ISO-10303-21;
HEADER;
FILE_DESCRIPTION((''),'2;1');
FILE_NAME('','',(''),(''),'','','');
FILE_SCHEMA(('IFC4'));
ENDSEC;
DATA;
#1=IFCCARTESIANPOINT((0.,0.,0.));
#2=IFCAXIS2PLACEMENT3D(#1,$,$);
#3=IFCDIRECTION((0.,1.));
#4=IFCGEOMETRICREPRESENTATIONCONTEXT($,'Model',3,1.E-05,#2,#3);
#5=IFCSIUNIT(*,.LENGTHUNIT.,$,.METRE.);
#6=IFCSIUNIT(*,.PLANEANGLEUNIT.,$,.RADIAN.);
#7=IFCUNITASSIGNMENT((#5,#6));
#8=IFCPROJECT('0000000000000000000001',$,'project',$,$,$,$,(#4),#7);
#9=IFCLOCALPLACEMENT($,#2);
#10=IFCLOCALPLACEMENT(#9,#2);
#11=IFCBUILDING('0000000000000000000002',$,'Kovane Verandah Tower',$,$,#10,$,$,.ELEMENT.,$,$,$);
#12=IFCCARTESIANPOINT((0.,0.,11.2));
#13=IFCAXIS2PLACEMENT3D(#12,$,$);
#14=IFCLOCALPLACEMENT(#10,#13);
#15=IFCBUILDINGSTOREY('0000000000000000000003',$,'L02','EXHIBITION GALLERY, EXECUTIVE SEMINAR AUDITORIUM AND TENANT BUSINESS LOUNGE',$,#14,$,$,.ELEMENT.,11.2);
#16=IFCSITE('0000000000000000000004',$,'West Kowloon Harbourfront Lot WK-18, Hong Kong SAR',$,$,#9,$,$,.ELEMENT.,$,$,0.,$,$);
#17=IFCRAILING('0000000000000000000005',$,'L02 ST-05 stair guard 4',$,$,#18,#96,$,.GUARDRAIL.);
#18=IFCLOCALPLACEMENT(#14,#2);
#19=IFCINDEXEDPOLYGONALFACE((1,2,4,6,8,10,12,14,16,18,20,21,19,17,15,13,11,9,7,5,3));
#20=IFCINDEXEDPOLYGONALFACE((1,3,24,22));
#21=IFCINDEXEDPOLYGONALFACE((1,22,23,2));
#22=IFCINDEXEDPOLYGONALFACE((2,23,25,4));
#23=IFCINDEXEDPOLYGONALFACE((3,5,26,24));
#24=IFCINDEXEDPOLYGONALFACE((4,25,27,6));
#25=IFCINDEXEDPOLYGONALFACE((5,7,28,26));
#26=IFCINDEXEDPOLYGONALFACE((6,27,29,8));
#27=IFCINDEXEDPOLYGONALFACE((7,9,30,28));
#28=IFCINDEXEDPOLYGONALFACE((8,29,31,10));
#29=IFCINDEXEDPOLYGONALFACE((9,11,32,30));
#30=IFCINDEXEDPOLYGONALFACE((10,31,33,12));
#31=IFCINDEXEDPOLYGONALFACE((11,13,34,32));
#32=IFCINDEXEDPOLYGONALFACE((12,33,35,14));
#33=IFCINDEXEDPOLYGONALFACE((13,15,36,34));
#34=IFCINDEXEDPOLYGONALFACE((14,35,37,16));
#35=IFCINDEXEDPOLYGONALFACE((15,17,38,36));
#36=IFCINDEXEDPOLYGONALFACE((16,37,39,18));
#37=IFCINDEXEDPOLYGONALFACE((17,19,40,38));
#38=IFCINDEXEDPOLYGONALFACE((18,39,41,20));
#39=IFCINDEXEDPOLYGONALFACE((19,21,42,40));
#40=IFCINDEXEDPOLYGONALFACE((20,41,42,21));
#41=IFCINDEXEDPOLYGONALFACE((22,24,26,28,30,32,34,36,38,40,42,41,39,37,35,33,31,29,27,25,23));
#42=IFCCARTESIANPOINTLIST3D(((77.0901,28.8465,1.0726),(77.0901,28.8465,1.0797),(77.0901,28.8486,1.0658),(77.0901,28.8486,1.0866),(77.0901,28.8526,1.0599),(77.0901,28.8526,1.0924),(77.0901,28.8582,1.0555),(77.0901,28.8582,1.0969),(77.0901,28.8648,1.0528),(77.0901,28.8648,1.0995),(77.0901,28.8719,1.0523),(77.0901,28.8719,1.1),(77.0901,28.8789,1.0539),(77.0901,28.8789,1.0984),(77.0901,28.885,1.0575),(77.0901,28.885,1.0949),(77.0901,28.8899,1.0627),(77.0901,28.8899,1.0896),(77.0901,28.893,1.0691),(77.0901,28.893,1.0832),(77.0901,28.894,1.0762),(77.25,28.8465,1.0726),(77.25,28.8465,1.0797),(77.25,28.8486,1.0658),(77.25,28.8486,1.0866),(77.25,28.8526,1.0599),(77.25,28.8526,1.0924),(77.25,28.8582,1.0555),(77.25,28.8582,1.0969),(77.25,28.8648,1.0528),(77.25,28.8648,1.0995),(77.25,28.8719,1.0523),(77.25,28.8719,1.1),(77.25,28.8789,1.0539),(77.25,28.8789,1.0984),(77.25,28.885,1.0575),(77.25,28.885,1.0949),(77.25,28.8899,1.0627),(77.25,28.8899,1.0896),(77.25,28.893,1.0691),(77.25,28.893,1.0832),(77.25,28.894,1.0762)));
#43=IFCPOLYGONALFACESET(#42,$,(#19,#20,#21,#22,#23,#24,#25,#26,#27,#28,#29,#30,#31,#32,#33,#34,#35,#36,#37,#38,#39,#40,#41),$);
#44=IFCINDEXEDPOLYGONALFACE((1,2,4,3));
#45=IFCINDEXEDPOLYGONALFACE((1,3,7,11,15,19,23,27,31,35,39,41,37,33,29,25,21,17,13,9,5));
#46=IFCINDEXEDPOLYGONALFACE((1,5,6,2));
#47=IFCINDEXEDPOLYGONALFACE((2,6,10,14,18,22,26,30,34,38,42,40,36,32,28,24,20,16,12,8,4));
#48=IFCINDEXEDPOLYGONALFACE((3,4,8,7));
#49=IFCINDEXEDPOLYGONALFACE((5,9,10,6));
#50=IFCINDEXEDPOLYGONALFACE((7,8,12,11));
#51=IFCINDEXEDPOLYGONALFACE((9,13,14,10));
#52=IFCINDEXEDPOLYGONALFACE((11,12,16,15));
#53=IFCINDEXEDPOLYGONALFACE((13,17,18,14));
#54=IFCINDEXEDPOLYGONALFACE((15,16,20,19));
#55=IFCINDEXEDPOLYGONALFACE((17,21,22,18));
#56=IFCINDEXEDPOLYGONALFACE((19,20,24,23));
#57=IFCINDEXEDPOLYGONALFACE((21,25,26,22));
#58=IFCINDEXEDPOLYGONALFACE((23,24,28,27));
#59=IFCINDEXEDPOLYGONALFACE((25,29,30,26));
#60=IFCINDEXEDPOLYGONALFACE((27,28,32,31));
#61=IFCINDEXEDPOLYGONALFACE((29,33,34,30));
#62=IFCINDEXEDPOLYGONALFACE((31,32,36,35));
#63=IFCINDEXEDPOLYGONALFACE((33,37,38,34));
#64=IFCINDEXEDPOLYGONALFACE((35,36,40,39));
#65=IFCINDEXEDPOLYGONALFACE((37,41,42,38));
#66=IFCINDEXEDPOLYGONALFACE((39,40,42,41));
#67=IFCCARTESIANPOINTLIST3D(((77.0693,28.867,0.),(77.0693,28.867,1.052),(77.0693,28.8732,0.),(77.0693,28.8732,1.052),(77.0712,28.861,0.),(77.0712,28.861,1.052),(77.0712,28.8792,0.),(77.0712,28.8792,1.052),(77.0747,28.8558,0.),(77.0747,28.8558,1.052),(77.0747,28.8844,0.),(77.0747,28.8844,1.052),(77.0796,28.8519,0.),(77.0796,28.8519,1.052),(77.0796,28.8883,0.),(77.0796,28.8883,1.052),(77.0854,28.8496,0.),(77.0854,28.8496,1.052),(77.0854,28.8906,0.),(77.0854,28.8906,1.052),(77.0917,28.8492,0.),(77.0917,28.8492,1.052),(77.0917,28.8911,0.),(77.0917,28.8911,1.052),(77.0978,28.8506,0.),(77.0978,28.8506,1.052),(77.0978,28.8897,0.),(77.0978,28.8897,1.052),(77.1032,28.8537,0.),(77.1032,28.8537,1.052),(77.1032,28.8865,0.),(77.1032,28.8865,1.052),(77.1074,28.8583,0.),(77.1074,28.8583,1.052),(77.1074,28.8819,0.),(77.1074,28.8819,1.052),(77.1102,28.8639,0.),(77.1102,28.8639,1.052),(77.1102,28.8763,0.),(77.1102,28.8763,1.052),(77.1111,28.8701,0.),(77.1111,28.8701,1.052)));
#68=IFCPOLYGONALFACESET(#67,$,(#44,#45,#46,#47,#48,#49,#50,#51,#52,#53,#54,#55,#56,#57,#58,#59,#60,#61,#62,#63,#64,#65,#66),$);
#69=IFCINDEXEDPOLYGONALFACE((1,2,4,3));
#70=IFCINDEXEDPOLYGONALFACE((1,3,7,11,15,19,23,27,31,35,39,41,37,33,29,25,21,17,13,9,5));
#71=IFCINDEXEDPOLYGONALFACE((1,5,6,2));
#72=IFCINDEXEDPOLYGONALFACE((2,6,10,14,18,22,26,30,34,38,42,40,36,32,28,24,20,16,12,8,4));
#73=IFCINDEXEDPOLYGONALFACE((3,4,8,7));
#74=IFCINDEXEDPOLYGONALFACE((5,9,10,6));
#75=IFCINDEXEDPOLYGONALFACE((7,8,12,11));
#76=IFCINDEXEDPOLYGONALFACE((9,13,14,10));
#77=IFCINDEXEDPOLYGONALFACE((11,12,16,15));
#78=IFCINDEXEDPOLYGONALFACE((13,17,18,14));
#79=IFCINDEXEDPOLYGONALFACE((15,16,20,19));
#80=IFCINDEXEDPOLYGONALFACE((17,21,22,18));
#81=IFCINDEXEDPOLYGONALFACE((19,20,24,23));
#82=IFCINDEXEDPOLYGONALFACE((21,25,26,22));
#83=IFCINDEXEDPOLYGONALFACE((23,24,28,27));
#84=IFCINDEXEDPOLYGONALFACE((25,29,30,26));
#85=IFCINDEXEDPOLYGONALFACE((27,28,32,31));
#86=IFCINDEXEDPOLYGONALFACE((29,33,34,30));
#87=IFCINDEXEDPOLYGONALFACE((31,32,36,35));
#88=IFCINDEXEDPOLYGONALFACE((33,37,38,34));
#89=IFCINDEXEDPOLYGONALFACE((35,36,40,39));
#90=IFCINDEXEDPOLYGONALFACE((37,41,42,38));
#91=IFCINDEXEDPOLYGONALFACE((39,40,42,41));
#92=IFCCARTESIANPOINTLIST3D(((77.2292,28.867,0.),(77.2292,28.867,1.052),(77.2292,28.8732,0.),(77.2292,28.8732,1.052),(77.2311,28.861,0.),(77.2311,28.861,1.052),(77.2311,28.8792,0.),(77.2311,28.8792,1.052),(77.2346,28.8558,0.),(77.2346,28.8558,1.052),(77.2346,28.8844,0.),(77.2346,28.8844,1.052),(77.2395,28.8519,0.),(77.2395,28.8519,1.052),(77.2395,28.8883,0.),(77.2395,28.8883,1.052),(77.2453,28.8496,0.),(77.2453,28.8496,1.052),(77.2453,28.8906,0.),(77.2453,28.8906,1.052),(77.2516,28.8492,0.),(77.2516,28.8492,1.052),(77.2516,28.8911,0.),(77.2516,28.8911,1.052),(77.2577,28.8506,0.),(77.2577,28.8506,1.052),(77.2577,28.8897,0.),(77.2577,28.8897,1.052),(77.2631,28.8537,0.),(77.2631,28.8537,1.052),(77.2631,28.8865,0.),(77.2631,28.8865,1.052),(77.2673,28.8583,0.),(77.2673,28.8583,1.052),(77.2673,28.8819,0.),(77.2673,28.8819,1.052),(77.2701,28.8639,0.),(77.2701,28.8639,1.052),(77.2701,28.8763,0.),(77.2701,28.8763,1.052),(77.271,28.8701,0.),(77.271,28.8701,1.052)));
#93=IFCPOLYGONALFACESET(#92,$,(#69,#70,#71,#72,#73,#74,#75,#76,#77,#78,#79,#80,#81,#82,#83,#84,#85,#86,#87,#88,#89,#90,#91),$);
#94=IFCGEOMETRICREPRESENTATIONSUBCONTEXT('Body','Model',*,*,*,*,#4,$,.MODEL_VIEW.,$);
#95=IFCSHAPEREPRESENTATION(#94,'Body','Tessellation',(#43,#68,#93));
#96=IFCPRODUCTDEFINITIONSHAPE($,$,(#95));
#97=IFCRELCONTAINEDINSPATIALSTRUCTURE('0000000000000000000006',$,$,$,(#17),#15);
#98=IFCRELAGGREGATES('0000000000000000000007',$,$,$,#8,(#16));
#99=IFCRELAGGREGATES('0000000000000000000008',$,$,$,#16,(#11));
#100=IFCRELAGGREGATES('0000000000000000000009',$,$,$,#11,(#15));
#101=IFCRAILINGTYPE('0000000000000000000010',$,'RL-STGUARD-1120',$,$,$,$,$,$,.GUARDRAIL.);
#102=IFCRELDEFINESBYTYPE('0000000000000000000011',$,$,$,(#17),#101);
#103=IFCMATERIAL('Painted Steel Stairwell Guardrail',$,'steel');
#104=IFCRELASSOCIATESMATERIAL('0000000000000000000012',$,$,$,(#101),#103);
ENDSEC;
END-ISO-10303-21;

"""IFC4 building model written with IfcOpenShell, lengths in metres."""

from ifc_helpers import new_model, si_unit, direction, frame, origin, origin_2d, place, context, subcontext, project, spatial, circle, extrude, material, type_object, element, save


model = new_model("IFC4")

# Units and contexts
model_context = context("Model", 3, precision=1e-05, world=origin(), true_north=direction((0.0, 1.0)))
body_context = subcontext(model_context, "Body", "Model", "MODEL_VIEW")
ifc_project = project(units=[si_unit("LENGTHUNIT", "METRE"), si_unit("PLANEANGLEUNIT", "RADIAN")], contexts=[model_context])

# Site, building, storey
site_placement = place(None, origin())
site = spatial("IfcSite", under=ifc_project, at=site_placement, Name="West Kowloon Harbourfront Lot WK-18, Hong Kong SAR", CompositionType="ELEMENT", RefElevation=0.0)
building_placement = place(site_placement, origin())
building = spatial("IfcBuilding", under=site, at=building_placement, Name="Kovane Verandah Tower", CompositionType="ELEMENT")
storey_placement = place(building_placement, frame((0.0, 0.0, 11.2)))
storey = spatial("IfcBuildingStorey", under=building, at=storey_placement, Name="L02", Description="EXHIBITION GALLERY, EXECUTIVE SEMINAR AUDITORIUM AND TENANT BUSINESS LOUNGE", CompositionType="ELEMENT", Elevation=11.2)

# Railing
ifc_material_1 = material(Name="Painted Steel Stairwell Guardrail", Category="steel")
railing_type = type_object("IfcRailingType", Name="RL-STGUARD-1120", PredefinedType="GUARDRAIL", material=ifc_material_1)
railing_placement = place(storey_placement, frame((77.0901, 28.8701, 0.0)))
element("IfcRailing", 1, at=railing_placement, inside=storey, type_object=railing_type, Name="L02 ST-05 stair guard 4", PredefinedType="GUARDRAIL", context=body_context, shape_type="SweptSolid", body=[
    extrude(circle(Radius=0.0239, at=origin_2d()), frame((0.0, 0.0, 1.0762), z_axis=(1.0, 0.0, 0.0), x_axis=(0.0, 1.0, 0.0)), (0.0, 0.0, 1.0), 0.1599),
    extrude(circle(Radius=0.021, at=origin_2d()), origin(), (0.0, 0.0, 1.0), 1.052),
    extrude(circle(Radius=0.021, at=origin_2d()), frame((0.1599, 0.0, 0.0)), (0.0, 0.0, 1.0), 1.052),
])

save(model, "model.ifc")
